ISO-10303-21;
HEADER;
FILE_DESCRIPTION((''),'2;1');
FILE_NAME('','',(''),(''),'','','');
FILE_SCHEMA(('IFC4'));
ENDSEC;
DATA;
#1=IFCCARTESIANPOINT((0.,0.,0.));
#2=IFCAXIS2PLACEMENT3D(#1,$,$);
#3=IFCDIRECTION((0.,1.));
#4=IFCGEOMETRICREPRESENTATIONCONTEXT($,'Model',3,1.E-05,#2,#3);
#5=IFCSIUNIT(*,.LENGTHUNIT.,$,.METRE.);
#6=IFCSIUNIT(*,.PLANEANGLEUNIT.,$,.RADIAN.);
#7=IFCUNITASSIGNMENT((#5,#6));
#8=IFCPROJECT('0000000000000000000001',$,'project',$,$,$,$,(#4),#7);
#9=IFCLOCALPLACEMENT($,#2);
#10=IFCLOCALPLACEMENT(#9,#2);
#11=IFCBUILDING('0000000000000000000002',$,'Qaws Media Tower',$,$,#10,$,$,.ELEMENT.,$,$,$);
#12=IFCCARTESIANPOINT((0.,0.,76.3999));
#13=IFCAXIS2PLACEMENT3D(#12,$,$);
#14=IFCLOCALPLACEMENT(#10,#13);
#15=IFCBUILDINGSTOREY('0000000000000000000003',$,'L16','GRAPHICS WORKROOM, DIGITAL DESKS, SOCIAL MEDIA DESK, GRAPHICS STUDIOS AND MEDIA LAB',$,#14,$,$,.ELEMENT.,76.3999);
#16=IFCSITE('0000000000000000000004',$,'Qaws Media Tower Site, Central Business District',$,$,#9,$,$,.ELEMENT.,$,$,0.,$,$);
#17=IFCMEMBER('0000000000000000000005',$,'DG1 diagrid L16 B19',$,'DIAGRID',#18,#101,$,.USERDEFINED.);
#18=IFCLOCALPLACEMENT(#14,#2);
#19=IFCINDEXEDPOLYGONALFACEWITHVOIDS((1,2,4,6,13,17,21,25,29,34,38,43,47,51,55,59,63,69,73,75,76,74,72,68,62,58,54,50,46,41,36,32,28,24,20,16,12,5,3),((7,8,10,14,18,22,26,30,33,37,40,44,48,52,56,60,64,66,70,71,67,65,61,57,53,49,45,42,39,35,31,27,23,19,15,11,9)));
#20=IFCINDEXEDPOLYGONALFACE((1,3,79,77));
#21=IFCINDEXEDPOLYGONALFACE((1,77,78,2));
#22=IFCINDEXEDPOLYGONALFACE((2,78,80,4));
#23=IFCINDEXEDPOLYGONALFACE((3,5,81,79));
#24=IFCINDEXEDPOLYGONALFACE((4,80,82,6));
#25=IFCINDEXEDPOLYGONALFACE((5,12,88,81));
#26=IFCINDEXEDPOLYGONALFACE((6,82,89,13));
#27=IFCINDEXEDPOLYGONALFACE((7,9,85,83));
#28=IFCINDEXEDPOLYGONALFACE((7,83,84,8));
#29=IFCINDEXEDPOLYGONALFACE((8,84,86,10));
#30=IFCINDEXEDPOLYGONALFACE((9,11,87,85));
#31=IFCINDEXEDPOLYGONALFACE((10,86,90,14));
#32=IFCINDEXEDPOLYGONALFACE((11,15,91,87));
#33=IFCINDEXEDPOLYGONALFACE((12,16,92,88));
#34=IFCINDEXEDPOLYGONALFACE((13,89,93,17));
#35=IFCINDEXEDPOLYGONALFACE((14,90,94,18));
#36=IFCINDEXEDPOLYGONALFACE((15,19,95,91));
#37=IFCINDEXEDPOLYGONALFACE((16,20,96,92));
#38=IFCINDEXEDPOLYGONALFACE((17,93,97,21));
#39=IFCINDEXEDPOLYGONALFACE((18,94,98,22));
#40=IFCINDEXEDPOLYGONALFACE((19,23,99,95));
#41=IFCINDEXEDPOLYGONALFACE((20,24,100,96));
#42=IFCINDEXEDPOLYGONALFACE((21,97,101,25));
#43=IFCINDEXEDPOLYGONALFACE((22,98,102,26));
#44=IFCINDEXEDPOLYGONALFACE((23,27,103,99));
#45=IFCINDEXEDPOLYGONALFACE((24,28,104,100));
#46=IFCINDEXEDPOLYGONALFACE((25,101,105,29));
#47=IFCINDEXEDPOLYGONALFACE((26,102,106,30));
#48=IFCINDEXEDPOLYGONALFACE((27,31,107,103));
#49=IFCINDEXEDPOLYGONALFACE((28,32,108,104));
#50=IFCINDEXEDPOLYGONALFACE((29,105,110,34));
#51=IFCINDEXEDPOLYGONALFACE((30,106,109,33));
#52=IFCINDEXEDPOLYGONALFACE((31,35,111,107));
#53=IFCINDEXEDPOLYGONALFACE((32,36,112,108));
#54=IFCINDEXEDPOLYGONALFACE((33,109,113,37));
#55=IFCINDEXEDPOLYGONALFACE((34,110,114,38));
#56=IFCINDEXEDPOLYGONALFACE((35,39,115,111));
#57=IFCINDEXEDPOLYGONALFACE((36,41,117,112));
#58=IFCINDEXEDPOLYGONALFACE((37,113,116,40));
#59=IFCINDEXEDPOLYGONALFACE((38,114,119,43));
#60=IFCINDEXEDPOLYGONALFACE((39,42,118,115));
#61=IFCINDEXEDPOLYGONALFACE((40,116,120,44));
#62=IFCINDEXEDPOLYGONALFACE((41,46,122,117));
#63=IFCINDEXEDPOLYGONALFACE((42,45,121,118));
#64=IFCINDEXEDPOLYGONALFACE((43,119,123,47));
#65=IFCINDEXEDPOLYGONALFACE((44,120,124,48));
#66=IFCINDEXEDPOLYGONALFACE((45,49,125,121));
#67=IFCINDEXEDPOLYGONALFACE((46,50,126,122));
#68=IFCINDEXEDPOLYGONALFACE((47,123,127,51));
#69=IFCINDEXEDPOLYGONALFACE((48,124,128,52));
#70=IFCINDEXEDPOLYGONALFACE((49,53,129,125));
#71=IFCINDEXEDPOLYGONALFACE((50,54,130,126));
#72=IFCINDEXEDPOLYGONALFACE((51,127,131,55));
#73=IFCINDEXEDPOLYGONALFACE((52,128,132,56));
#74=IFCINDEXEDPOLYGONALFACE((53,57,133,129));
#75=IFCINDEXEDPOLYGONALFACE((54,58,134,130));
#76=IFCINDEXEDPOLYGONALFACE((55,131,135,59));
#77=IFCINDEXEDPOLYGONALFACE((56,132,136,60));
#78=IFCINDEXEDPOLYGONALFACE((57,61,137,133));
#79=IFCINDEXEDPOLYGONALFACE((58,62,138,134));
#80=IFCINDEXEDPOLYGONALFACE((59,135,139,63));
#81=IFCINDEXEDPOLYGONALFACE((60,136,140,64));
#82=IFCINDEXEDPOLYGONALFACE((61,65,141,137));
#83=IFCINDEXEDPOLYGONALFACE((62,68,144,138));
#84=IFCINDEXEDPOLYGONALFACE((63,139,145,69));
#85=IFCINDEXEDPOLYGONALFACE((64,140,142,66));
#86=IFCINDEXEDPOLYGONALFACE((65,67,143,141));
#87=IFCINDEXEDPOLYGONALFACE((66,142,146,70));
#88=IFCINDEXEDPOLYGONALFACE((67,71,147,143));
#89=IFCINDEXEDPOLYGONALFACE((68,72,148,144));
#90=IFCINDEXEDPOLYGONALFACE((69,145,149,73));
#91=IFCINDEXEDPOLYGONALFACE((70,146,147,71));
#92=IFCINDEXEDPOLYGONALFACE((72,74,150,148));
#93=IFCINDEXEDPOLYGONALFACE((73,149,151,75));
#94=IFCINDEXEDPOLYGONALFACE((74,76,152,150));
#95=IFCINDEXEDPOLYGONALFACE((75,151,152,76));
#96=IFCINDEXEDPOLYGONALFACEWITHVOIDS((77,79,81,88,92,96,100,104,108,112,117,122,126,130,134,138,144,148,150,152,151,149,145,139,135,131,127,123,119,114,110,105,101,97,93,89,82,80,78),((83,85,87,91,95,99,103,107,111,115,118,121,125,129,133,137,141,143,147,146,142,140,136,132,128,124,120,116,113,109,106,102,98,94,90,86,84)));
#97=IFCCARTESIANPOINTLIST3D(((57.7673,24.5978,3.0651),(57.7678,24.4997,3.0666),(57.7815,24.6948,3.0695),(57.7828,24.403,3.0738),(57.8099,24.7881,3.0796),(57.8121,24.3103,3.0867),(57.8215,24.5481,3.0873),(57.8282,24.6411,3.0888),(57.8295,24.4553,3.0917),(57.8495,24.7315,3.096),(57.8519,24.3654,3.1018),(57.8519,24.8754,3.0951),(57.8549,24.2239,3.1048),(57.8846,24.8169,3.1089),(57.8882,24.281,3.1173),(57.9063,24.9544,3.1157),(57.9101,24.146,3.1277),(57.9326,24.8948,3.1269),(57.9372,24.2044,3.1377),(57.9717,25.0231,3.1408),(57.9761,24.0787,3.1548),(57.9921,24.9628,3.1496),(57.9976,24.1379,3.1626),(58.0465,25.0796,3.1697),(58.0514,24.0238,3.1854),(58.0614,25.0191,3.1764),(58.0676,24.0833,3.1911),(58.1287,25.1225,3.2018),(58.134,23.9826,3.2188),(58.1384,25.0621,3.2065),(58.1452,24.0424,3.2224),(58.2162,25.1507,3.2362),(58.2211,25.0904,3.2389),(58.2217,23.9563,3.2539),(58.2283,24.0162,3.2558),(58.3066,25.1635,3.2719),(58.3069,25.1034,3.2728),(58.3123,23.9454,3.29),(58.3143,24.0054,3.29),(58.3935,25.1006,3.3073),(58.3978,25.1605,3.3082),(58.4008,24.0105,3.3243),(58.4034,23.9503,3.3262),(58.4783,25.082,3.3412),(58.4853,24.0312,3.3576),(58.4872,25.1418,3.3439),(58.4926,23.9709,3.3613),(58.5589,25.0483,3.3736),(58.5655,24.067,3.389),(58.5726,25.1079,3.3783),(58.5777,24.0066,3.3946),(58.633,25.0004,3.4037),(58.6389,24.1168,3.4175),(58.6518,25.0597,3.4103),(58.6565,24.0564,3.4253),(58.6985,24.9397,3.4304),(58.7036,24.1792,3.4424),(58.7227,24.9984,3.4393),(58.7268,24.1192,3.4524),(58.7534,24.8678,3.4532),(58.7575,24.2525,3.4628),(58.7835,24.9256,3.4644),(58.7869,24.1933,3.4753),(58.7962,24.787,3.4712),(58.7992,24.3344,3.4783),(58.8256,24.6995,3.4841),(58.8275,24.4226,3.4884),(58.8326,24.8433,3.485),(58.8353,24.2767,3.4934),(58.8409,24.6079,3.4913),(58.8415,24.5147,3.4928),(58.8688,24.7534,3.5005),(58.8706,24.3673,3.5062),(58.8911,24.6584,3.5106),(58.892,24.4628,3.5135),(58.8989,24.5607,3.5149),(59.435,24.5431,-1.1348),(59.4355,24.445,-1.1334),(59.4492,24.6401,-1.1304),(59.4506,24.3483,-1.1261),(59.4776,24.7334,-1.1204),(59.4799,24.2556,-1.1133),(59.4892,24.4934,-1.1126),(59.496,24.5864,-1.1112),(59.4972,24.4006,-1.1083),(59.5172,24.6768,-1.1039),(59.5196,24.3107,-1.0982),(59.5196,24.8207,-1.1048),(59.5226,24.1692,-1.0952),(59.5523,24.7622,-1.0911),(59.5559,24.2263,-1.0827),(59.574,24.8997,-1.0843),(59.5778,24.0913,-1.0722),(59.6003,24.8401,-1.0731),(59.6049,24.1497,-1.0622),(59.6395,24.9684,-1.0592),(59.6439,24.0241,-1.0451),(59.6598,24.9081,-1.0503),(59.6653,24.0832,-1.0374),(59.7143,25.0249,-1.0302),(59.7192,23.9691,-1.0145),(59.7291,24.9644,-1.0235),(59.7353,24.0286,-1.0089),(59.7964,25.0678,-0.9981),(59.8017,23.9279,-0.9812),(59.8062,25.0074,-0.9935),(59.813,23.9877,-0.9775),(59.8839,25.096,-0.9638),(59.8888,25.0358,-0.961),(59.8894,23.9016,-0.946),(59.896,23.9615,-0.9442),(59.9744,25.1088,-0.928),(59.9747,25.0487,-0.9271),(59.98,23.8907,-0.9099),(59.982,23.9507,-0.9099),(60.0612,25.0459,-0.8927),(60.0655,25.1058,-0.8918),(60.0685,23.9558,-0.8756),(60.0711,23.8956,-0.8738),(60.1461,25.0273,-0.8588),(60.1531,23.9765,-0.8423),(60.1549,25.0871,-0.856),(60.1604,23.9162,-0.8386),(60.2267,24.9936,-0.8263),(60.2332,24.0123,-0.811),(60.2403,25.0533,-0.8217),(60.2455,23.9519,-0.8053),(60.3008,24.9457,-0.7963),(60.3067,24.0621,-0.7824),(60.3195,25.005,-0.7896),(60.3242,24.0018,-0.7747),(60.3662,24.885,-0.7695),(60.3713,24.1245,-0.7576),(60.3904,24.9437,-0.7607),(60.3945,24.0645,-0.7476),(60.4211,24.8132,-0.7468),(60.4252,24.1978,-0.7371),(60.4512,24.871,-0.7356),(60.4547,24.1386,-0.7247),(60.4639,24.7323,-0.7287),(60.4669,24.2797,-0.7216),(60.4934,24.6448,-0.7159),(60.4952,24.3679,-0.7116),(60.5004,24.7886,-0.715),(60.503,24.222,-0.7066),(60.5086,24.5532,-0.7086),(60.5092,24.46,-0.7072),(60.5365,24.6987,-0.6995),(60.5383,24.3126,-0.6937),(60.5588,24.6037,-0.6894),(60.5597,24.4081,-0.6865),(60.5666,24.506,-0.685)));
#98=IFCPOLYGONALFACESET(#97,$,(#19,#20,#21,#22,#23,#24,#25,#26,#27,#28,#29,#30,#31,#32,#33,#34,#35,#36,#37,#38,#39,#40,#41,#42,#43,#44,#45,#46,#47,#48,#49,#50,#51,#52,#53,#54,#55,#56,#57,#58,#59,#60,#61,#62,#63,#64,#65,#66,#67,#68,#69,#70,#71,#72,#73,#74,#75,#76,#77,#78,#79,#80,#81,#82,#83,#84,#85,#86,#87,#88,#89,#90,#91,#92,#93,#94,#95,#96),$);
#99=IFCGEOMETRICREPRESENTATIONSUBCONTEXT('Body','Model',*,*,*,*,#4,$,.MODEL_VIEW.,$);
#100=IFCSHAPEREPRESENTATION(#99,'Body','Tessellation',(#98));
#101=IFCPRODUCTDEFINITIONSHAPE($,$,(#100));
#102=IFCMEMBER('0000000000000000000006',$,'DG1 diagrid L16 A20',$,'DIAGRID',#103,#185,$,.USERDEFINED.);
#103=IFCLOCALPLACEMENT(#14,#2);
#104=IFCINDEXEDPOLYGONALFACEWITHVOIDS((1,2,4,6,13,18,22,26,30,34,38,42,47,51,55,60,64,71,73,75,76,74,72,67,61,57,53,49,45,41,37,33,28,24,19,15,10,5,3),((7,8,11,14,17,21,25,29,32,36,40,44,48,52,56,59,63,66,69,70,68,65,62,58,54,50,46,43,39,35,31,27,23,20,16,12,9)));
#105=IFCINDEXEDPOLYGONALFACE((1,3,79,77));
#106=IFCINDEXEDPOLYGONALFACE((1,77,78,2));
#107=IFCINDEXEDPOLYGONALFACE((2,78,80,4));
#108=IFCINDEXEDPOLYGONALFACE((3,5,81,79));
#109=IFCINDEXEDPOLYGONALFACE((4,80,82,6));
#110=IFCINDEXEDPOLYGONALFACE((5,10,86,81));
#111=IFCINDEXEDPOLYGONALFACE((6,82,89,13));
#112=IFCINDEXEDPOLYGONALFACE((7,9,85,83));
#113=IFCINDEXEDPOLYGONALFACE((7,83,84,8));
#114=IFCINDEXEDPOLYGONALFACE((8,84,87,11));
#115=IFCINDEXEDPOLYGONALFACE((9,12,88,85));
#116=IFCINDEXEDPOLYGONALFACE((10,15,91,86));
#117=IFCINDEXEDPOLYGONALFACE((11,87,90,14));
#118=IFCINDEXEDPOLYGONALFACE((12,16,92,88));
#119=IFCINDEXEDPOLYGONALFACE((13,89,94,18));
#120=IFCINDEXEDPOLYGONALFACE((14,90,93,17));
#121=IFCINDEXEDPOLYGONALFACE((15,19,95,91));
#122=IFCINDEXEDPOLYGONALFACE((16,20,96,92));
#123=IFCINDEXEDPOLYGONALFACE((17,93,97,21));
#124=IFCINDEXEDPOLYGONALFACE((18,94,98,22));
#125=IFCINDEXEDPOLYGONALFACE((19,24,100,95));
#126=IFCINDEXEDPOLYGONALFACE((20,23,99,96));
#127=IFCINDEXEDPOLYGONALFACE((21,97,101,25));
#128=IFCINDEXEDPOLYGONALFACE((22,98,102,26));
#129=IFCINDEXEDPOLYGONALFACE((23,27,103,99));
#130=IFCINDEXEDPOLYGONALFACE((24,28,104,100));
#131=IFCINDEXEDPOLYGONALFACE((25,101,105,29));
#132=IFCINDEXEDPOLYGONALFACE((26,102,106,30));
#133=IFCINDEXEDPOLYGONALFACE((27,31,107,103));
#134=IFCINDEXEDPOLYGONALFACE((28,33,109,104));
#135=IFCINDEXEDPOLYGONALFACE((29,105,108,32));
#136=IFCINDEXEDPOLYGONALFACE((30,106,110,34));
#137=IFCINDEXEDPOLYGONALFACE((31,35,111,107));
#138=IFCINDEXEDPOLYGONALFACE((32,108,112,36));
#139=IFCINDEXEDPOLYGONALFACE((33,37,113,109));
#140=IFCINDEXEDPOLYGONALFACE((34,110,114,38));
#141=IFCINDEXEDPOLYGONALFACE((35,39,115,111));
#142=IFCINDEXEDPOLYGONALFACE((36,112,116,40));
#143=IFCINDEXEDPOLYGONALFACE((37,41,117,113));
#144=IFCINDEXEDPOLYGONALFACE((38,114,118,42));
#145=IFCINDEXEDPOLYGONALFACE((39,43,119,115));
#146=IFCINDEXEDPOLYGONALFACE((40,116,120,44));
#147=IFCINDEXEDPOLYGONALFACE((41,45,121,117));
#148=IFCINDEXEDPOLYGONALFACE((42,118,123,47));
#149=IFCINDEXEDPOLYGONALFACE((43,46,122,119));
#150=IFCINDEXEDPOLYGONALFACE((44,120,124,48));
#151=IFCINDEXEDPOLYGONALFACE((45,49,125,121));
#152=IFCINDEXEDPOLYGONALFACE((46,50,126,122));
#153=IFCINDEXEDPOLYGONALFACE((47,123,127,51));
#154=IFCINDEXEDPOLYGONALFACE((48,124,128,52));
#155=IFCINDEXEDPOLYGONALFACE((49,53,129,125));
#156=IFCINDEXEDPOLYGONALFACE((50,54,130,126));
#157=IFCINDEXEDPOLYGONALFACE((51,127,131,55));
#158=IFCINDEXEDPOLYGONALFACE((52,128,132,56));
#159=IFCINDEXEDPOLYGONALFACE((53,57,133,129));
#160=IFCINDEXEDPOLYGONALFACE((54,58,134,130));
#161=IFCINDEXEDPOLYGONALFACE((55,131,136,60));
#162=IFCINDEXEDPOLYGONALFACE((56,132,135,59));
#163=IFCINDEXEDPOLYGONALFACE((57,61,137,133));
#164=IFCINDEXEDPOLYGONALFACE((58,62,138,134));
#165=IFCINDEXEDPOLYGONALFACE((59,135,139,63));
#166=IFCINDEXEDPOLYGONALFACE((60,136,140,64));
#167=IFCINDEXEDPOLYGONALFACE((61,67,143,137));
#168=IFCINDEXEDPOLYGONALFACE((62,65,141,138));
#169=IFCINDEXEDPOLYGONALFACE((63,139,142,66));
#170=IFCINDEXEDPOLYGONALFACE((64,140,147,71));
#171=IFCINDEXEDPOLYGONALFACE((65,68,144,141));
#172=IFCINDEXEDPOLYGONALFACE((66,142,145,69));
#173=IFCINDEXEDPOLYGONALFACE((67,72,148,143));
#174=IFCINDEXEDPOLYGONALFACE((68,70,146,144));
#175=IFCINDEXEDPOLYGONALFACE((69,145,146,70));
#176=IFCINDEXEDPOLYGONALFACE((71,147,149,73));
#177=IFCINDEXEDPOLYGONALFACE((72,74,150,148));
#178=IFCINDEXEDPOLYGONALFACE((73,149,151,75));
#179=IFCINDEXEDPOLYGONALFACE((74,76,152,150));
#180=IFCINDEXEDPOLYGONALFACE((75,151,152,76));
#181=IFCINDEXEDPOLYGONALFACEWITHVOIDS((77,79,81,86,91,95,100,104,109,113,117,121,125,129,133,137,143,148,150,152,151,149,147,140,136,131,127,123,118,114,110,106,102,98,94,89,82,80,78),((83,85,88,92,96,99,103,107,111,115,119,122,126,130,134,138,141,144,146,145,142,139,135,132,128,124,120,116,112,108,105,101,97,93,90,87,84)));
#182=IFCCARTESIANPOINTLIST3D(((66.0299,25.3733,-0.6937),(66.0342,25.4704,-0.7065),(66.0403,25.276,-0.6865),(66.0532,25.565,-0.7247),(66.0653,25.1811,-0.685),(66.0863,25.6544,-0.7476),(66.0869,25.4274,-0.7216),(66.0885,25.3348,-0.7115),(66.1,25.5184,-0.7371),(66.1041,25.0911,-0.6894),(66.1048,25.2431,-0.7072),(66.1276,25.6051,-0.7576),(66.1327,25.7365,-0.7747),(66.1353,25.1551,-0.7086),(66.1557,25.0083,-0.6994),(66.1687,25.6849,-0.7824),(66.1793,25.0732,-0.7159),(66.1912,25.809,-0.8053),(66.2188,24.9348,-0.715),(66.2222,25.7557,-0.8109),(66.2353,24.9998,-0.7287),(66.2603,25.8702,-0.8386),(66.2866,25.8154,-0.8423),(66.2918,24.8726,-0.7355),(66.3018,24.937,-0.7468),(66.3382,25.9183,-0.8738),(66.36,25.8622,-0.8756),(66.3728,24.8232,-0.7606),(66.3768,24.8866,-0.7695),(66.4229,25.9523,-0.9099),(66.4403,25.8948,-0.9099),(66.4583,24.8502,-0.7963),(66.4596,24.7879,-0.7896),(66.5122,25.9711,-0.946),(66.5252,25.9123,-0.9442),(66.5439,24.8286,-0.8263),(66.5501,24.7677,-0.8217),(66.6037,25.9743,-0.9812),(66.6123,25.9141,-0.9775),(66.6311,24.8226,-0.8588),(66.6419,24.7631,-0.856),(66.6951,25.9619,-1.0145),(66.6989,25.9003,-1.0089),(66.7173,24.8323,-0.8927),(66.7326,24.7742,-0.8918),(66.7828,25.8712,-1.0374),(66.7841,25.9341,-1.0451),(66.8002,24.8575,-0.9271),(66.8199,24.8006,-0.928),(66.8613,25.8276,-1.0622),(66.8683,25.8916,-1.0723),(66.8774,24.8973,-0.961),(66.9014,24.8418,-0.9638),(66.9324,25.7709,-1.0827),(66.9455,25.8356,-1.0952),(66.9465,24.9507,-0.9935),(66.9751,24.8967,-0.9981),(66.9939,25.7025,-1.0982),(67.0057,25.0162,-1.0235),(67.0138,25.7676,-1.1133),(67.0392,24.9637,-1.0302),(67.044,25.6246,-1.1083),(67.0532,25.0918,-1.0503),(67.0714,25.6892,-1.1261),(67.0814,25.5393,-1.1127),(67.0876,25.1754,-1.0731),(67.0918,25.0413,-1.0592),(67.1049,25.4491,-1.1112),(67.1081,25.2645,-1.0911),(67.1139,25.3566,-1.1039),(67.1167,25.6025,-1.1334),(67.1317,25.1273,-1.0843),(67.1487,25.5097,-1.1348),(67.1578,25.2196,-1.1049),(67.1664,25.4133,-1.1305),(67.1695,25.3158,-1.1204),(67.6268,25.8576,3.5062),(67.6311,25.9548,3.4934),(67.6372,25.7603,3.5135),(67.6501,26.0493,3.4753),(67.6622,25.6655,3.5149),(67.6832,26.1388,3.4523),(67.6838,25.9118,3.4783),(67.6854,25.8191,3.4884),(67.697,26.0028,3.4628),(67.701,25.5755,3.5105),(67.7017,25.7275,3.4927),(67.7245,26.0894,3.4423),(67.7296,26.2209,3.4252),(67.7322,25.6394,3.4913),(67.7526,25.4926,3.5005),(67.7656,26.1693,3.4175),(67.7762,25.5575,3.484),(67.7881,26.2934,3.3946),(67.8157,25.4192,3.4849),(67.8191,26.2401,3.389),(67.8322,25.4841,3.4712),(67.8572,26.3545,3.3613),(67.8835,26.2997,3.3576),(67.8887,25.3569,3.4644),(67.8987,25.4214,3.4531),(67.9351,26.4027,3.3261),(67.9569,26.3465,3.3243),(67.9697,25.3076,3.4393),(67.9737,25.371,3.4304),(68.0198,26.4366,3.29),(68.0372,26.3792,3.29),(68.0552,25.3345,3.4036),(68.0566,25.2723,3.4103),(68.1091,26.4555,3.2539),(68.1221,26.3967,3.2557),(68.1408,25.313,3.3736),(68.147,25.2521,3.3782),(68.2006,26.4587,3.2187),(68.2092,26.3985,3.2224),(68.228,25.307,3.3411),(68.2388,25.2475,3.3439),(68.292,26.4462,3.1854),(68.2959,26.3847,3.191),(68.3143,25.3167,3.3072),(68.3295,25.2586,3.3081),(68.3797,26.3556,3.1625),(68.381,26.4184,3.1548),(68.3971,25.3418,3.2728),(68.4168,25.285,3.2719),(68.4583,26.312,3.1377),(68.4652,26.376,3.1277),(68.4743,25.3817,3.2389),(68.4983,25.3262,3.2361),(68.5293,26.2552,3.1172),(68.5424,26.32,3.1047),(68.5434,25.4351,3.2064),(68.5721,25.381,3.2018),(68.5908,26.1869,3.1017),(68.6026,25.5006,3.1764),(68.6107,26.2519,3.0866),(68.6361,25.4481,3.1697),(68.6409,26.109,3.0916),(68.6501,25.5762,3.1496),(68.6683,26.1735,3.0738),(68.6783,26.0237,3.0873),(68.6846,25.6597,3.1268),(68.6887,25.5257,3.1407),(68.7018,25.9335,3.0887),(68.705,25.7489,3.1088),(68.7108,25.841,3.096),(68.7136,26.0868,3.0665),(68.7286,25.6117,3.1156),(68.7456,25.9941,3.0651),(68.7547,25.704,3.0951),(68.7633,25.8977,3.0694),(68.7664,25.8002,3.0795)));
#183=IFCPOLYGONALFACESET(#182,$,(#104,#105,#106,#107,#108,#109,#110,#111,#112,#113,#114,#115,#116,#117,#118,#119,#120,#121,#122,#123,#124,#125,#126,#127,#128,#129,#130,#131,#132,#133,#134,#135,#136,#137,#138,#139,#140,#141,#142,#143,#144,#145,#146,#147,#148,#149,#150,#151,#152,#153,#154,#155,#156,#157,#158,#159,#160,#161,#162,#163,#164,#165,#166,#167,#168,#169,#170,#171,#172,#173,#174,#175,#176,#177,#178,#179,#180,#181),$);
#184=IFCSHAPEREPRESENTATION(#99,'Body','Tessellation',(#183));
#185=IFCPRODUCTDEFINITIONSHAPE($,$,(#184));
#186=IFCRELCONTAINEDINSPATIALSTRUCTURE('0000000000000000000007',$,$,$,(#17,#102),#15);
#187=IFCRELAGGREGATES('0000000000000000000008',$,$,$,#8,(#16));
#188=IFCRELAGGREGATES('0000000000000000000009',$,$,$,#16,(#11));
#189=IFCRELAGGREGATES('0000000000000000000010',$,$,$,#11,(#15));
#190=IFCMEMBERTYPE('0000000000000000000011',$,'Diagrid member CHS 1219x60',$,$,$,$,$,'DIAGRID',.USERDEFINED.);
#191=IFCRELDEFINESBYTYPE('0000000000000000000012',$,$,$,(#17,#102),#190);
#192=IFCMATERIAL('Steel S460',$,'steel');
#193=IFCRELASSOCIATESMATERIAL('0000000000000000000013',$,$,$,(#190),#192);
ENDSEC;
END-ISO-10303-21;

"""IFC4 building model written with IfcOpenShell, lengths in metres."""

from ifc_helpers import new_model, si_unit, direction, frame, origin, origin_2d, place, context, subcontext, project, spatial, hollow_circle, extrude, material, material_profile, profile_set, type_object, element, save


model = new_model("IFC4")

# Units and contexts
model_context = context("Model", 3, precision=1e-05, world=origin(), true_north=direction((0.0, 1.0)))
body_context = subcontext(model_context, "Body", "Model", "MODEL_VIEW")
ifc_project = project(units=[si_unit("LENGTHUNIT", "METRE"), si_unit("PLANEANGLEUNIT", "RADIAN")], contexts=[model_context])

# Site, building, storey
site_placement = place(None, origin())
site = spatial("IfcSite", under=ifc_project, at=site_placement, Name="Qaws Media Tower Site, Central Business District", CompositionType="ELEMENT", RefElevation=0.0)
building_placement = place(site_placement, origin())
building = spatial("IfcBuilding", under=site, at=building_placement, Name="Qaws Media Tower", CompositionType="ELEMENT")
storey_placement = place(building_placement, frame((0.0, 0.0, 76.3999)))
storey = spatial("IfcBuildingStorey", under=building, at=storey_placement, Name="L16", Description="GRAPHICS WORKROOM, DIGITAL DESKS, SOCIAL MEDIA DESK, GRAPHICS STUDIOS AND MEDIA LAB", CompositionType="ELEMENT", Elevation=76.3999)

# Members
ifc_material_1 = material(Name="Steel S460", Category="steel")
ifc_material_profile_1 = material_profile(ifc_material_1, hollow_circle(Radius=0.6096, WallThickness=0.0601, at=origin_2d()), Name="CHS 1219x60")
ifc_profile_set_1 = profile_set([ifc_material_profile_1], Name="Steel S460")
member_type_1 = type_object("IfcMemberType", Name="Diagrid member CHS 1219x60", ElementType="DIAGRID", PredefinedType="USERDEFINED", material=ifc_profile_set_1)
for number, where, z_axis, x_axis, name in (
    (1, (60.0, 24.5, -0.9099), (-0.369024, 0.012101, 0.929341), (-0.032774, -0.999463, 0.0), "DG1 diagrid L16 B19"),
    (2, (66.5999, 25.3689, -0.9099), (0.353354, 0.107178, 0.92933), (-0.290259, 0.956948, 0.0), "DG1 diagrid L16 A20"),
):
    element("IfcMember", number, at=place(storey_placement, frame(where, z_axis=z_axis, x_axis=x_axis)), inside=storey, type_object=member_type_1, Name=name, ObjectType="DIAGRID", PredefinedType="USERDEFINED", context=body_context, shape_type="SweptSolid", body=[
        extrude(hollow_circle(Radius=0.6096, WallThickness=0.0601, at=origin_2d()), origin(), (0.0, 0.0, 1.0), 4.5193),
    ])

save(model, "model.ifc")
